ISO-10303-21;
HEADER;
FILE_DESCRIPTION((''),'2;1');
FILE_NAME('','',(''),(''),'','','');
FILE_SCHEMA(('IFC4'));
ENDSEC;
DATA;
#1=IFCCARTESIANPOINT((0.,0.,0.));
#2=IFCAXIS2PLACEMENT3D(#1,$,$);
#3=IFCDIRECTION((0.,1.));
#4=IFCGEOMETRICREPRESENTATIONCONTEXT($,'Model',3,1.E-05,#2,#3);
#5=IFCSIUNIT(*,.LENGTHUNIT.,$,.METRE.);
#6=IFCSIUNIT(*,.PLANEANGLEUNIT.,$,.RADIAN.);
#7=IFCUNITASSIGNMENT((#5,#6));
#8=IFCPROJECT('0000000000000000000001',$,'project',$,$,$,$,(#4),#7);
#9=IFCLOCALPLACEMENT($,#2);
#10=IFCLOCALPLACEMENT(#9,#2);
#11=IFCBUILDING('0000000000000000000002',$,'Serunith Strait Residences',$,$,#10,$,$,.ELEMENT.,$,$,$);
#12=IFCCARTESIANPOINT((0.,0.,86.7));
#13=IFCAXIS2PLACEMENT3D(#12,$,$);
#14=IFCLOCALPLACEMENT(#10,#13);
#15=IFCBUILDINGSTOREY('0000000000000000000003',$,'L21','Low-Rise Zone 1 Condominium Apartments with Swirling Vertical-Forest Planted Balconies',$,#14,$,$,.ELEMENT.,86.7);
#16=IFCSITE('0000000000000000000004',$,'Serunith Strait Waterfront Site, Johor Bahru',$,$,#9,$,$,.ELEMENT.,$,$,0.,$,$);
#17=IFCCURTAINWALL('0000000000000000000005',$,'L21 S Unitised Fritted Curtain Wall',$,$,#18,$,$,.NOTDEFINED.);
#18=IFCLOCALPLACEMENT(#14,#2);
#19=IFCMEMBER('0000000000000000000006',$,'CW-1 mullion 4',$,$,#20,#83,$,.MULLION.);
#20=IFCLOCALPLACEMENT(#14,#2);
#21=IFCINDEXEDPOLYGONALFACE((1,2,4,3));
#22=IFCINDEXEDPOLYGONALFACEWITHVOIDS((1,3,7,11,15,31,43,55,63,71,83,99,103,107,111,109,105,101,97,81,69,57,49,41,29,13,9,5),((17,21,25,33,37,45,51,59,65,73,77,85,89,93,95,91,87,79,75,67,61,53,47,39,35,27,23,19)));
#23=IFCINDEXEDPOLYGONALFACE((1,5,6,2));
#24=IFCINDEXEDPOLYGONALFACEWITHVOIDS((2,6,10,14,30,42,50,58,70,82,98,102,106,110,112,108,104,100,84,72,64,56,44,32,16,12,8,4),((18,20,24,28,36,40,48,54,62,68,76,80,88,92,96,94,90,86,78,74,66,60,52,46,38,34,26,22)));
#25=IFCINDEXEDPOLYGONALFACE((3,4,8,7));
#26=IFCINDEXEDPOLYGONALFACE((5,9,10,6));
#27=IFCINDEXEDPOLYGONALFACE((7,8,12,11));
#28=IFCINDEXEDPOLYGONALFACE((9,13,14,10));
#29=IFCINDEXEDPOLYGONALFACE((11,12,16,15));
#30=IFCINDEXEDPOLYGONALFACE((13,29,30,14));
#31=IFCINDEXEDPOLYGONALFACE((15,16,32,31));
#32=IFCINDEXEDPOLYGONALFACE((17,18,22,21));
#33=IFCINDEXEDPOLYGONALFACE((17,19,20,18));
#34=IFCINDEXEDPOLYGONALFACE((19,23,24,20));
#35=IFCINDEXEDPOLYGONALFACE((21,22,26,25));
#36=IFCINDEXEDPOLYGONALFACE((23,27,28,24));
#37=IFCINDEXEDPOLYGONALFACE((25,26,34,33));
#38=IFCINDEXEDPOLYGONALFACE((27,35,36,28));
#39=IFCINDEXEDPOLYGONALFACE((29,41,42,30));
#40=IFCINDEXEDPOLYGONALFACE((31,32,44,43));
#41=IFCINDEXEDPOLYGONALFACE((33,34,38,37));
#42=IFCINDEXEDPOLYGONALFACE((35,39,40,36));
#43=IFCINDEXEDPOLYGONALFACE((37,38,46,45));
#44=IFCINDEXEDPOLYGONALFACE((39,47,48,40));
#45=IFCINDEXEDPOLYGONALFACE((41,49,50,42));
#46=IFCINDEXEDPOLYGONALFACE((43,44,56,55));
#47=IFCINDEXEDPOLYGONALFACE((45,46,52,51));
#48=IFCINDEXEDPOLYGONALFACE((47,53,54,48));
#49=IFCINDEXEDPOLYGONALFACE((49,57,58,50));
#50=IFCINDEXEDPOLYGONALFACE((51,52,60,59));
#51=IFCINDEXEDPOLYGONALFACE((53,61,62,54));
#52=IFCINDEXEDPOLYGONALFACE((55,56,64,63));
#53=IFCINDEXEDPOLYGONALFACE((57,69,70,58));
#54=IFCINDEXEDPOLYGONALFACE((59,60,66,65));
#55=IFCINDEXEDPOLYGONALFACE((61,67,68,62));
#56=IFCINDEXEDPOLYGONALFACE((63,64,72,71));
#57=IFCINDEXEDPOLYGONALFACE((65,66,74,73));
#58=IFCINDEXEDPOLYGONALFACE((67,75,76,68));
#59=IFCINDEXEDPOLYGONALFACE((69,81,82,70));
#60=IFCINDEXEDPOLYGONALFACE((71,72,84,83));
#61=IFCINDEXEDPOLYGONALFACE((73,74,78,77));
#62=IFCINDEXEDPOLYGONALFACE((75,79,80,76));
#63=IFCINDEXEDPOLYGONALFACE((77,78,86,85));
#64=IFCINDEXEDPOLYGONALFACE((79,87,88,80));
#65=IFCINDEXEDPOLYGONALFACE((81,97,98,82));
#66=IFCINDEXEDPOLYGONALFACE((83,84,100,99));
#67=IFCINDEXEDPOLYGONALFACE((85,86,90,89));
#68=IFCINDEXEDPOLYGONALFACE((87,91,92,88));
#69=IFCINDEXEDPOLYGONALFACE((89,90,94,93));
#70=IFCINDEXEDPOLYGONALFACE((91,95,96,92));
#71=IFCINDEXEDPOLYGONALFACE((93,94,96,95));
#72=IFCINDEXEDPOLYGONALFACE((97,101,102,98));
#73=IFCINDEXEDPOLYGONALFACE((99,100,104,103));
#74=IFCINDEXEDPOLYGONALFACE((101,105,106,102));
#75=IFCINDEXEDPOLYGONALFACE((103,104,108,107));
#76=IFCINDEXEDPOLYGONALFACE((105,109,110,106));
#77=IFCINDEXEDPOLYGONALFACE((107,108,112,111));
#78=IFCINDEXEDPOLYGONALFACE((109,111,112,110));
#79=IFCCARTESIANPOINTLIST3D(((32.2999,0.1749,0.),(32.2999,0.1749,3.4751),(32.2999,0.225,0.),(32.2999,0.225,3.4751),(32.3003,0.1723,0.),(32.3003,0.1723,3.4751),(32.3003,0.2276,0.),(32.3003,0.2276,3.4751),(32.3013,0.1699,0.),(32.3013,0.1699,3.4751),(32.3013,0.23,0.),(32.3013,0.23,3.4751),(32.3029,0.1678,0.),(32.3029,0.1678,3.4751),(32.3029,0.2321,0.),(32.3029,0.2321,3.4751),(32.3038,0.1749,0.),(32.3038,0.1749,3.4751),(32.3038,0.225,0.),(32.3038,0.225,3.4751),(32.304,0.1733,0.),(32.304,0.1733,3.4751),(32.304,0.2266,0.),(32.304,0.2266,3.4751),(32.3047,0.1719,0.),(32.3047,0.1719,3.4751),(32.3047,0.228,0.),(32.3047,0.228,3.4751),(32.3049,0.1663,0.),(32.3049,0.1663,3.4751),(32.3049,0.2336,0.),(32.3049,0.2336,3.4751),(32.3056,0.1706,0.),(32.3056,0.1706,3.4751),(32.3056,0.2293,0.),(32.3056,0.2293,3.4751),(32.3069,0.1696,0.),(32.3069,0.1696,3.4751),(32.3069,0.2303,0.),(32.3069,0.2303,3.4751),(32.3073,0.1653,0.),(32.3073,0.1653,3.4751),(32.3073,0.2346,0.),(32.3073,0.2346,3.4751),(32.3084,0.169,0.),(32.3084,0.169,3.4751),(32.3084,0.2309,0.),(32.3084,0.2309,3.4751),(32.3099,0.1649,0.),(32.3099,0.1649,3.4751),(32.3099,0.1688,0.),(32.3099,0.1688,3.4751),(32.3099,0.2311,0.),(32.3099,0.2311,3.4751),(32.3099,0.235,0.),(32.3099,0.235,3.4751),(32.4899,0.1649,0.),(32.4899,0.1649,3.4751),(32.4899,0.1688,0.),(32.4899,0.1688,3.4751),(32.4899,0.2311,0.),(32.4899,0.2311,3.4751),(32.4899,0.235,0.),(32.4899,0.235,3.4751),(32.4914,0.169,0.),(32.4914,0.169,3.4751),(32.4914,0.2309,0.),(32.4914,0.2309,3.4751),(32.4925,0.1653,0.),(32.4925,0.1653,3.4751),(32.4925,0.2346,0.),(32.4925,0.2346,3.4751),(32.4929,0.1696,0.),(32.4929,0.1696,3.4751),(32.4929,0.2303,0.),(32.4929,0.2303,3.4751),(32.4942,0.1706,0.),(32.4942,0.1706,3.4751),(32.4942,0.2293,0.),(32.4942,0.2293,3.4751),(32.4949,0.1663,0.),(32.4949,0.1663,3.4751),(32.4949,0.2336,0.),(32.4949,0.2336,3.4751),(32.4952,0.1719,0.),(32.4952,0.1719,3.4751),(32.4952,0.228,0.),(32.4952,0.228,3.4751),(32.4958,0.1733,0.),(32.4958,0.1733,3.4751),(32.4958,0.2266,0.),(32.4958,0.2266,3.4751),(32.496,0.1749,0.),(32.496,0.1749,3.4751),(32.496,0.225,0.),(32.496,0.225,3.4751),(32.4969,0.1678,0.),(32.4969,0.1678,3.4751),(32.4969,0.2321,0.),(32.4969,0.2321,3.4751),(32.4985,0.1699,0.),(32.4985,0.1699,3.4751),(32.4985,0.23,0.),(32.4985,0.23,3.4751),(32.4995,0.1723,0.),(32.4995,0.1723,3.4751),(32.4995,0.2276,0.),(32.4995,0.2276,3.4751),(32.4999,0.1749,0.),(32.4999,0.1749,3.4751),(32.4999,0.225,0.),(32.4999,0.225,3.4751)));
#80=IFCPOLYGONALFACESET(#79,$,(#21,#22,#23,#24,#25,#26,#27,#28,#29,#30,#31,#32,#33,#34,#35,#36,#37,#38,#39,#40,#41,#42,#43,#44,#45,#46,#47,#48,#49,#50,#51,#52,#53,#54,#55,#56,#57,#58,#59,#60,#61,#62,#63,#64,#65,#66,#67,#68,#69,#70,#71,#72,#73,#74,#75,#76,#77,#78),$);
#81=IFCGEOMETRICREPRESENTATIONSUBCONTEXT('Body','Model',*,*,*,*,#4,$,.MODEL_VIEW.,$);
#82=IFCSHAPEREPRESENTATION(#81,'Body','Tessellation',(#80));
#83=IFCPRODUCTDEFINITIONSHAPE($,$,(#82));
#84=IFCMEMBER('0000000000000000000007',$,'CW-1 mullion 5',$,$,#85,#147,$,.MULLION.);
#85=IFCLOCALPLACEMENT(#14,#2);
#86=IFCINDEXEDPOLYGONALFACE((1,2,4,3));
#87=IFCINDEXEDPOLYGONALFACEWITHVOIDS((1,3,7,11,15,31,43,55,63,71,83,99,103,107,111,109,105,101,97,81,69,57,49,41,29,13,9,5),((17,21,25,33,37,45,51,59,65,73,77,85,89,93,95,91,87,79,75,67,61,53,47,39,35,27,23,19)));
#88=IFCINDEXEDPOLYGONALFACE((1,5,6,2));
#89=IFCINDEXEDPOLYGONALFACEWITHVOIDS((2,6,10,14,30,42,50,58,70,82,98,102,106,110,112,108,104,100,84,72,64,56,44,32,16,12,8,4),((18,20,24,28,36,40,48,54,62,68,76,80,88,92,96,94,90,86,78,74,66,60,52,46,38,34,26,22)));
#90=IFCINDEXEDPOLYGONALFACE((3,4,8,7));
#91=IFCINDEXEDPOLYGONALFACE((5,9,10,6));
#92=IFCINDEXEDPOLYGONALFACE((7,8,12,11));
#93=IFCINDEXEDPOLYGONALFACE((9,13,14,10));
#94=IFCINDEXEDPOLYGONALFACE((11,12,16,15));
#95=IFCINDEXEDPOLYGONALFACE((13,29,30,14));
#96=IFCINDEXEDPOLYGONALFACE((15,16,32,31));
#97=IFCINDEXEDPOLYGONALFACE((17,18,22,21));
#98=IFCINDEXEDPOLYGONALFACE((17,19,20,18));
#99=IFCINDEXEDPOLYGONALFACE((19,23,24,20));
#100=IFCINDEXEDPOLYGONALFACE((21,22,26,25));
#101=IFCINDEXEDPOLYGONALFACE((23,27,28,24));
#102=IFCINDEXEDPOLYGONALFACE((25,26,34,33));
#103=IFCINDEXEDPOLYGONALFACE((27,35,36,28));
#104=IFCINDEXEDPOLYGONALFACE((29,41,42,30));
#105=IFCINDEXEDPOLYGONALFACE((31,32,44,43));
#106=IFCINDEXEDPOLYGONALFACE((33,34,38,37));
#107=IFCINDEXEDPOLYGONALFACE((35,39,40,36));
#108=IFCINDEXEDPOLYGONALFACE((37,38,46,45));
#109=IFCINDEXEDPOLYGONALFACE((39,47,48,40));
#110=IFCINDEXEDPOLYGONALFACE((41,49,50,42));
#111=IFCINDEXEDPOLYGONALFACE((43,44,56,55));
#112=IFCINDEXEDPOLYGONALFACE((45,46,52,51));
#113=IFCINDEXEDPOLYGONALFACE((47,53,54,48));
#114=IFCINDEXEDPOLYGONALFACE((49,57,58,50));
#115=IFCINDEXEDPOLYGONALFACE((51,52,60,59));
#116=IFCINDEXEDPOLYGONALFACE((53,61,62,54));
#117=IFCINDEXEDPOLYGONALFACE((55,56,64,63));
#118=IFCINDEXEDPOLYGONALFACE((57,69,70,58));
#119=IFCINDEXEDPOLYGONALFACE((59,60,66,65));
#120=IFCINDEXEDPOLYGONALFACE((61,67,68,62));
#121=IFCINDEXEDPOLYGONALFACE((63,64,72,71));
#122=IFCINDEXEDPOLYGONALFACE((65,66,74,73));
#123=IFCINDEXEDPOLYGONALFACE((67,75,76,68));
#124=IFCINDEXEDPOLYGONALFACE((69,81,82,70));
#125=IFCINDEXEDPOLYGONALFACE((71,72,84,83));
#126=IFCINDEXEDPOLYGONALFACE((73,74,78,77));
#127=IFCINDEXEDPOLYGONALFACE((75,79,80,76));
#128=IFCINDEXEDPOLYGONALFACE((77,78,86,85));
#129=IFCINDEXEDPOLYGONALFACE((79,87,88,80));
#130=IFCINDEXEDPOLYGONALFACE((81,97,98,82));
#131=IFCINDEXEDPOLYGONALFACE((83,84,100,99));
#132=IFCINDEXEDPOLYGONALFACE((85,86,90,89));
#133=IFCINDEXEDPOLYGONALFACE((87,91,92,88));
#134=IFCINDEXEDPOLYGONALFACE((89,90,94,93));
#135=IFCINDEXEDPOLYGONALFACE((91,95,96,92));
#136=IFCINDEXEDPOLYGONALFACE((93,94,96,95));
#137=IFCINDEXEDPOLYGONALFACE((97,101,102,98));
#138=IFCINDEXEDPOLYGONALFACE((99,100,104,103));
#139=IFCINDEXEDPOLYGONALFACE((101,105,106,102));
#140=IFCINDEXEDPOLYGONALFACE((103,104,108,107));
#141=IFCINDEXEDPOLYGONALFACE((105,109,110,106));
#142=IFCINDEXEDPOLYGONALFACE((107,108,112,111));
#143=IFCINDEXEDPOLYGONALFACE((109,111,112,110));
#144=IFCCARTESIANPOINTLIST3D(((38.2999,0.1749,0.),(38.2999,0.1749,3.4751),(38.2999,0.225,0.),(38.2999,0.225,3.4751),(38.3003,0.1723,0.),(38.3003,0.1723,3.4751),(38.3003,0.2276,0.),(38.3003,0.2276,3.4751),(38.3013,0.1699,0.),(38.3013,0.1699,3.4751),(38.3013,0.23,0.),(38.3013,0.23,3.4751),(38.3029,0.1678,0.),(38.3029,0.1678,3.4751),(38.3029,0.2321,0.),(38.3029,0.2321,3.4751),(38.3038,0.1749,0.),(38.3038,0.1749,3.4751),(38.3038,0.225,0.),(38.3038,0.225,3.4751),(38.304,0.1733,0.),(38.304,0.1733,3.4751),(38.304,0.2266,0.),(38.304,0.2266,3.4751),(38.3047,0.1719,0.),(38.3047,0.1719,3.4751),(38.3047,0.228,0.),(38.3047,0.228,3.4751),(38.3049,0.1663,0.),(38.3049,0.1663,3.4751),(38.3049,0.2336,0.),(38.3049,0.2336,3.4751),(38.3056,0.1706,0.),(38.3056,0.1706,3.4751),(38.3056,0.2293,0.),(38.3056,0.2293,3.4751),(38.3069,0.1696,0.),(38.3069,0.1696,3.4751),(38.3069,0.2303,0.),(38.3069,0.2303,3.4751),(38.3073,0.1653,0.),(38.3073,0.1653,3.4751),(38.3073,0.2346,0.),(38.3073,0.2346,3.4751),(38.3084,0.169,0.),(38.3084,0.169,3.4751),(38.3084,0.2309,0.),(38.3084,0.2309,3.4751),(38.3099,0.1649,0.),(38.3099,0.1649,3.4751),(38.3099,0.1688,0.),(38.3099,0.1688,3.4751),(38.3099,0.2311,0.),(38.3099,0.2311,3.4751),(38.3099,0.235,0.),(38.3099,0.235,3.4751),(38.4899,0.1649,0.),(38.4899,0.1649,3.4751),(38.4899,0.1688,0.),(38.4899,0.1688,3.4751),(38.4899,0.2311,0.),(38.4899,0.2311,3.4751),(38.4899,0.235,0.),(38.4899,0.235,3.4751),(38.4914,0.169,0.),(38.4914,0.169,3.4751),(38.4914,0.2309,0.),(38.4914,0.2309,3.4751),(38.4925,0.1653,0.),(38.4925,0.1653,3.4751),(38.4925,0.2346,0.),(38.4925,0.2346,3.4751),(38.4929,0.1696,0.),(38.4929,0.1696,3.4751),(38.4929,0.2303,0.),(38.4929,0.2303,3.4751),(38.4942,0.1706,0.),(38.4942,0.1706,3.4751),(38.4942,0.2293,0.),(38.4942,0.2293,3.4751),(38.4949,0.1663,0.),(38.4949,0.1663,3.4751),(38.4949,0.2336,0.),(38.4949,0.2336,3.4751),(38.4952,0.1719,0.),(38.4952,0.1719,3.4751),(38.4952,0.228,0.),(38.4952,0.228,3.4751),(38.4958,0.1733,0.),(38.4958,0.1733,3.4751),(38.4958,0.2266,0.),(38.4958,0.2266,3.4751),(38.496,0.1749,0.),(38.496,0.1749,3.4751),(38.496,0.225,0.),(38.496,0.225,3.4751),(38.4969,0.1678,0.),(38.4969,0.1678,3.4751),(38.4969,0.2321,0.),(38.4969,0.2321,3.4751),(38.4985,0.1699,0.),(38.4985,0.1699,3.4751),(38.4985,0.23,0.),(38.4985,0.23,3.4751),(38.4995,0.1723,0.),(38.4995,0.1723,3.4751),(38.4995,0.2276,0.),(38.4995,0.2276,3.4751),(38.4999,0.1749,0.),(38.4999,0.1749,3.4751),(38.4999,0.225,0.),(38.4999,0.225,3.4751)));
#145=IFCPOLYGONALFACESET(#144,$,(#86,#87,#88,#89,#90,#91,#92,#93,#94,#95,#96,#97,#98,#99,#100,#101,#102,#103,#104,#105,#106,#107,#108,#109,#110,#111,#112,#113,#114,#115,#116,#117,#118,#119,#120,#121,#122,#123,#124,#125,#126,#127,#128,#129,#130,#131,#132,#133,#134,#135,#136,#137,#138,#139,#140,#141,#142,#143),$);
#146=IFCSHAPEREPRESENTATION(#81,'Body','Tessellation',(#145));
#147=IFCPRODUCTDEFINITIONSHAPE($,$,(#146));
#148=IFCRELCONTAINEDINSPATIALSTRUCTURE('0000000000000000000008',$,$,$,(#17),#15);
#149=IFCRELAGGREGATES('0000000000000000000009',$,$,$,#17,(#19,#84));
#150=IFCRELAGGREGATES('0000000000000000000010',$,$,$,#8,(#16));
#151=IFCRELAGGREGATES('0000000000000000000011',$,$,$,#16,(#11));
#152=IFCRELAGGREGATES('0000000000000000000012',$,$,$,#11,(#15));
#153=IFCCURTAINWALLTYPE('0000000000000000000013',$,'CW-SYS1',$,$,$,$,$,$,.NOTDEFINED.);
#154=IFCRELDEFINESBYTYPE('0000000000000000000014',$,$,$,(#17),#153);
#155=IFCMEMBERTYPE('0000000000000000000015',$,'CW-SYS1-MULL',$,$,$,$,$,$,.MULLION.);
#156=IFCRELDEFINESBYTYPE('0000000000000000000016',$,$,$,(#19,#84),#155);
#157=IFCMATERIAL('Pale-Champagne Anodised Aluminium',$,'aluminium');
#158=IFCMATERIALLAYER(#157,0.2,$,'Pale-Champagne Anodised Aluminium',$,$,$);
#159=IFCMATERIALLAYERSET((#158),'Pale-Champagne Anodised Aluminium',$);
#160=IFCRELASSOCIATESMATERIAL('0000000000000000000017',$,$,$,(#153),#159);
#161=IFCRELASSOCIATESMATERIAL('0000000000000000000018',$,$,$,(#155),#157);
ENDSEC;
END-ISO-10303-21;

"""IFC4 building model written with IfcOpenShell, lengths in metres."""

from ifc_helpers import new_model, si_unit, direction, frame, origin, origin_2d, place, context, subcontext, project, spatial, hollow_rectangle, extrude, source, transform, mapped, material, layer, layer_set, material_profile, profile_set, type_object, element, aggregate, save


model = new_model("IFC4")

# Units and contexts
model_context = context("Model", 3, precision=1e-05, world=origin(), true_north=direction((0.0, 1.0)))
body_context = subcontext(model_context, "Body", "Model", "MODEL_VIEW")
ifc_project = project(units=[si_unit("LENGTHUNIT", "METRE"), si_unit("PLANEANGLEUNIT", "RADIAN")], contexts=[model_context])

# Site, building, storey
site_placement = place(None, origin())
site = spatial("IfcSite", under=ifc_project, at=site_placement, Name="Serunith Strait Waterfront Site, Johor Bahru", CompositionType="ELEMENT", RefElevation=0.0)
building_placement = place(site_placement, origin())
building = spatial("IfcBuilding", under=site, at=building_placement, Name="Serunith Strait Residences", CompositionType="ELEMENT")
storey_placement = place(building_placement, frame((0.0, 0.0, 86.7)))
storey = spatial("IfcBuildingStorey", under=building, at=storey_placement, Name="L21", Description="Low-Rise Zone 1 Condominium Apartments with Swirling Vertical-Forest Planted Balconies", CompositionType="ELEMENT", Elevation=86.7)

# Curtain wall, members
ifc_material_1 = material(Name="Pale-Champagne Anodised Aluminium", Category="aluminium")
ifc_layer_1 = layer(ifc_material_1, 0.2, Name="Pale-Champagne Anodised Aluminium")
ifc_layer_set_1 = layer_set([ifc_layer_1], Name="Pale-Champagne Anodised Aluminium")
curtain_wall_type = type_object("IfcCurtainWallType", Name="CW-SYS1", PredefinedType="NOTDEFINED", material=ifc_layer_set_1)
curtain_wall_placement = place(storey_placement, origin())
curtain_wall = element("IfcCurtainWall", 1, at=curtain_wall_placement, inside=storey, type_object=curtain_wall_type, Name="L21 S Unitised Fritted Curtain Wall", PredefinedType="NOTDEFINED")
ifc_material_profile_1 = material_profile(ifc_material_1, hollow_rectangle(XDim=0.0701, YDim=0.2, WallThickness=0.0039, InnerFilletRadius=0.0061, OuterFilletRadius=0.01, at=origin_2d()), Name="ALU 200x70x4")
ifc_profile_set_1 = profile_set([ifc_material_profile_1], Name="Pale-Champagne Anodised Aluminium")
member_type_1 = type_object("IfcMemberType", Name="CW-SYS1-MULL", PredefinedType="MULLION", material=ifc_profile_set_1)
shared_shape_1 = source(origin(), body_context, "Body", "SweptSolid", [
    extrude(hollow_rectangle(XDim=0.0701, YDim=0.2, WallThickness=0.0039, InnerFilletRadius=0.0061, OuterFilletRadius=0.01, at=origin_2d()), origin(), (0.0, 0.0, 1.0), 3.4751),
])
member_1_placement = place(storey_placement, frame((32.3999, 0.2, 0.0), z_axis=(0.0, 0.0, 1.0), x_axis=(0.0, 1.0, 0.0)))
member_1 = element("IfcMember", 2, at=member_1_placement, type_object=member_type_1, Name="CW-1 mullion 4", PredefinedType="MULLION", context=body_context, shape_type="MappedRepresentation", body=[
    mapped(shared_shape_1, transform((0.0, 0.0, 0.0), scale=1.0)),
])
member_2_placement = place(storey_placement, frame((38.3999, 0.2, 0.0), z_axis=(0.0, 0.0, 1.0), x_axis=(0.0, 1.0, 0.0)))
member_2 = element("IfcMember", 3, at=member_2_placement, type_object=member_type_1, Name="CW-1 mullion 5", PredefinedType="MULLION", context=body_context, shape_type="MappedRepresentation", body=[
    mapped(shared_shape_1, transform((0.0, 0.0, 0.0), scale=1.0)),
])
aggregate(curtain_wall, [member_1, member_2])

save(model, "model.ifc")
